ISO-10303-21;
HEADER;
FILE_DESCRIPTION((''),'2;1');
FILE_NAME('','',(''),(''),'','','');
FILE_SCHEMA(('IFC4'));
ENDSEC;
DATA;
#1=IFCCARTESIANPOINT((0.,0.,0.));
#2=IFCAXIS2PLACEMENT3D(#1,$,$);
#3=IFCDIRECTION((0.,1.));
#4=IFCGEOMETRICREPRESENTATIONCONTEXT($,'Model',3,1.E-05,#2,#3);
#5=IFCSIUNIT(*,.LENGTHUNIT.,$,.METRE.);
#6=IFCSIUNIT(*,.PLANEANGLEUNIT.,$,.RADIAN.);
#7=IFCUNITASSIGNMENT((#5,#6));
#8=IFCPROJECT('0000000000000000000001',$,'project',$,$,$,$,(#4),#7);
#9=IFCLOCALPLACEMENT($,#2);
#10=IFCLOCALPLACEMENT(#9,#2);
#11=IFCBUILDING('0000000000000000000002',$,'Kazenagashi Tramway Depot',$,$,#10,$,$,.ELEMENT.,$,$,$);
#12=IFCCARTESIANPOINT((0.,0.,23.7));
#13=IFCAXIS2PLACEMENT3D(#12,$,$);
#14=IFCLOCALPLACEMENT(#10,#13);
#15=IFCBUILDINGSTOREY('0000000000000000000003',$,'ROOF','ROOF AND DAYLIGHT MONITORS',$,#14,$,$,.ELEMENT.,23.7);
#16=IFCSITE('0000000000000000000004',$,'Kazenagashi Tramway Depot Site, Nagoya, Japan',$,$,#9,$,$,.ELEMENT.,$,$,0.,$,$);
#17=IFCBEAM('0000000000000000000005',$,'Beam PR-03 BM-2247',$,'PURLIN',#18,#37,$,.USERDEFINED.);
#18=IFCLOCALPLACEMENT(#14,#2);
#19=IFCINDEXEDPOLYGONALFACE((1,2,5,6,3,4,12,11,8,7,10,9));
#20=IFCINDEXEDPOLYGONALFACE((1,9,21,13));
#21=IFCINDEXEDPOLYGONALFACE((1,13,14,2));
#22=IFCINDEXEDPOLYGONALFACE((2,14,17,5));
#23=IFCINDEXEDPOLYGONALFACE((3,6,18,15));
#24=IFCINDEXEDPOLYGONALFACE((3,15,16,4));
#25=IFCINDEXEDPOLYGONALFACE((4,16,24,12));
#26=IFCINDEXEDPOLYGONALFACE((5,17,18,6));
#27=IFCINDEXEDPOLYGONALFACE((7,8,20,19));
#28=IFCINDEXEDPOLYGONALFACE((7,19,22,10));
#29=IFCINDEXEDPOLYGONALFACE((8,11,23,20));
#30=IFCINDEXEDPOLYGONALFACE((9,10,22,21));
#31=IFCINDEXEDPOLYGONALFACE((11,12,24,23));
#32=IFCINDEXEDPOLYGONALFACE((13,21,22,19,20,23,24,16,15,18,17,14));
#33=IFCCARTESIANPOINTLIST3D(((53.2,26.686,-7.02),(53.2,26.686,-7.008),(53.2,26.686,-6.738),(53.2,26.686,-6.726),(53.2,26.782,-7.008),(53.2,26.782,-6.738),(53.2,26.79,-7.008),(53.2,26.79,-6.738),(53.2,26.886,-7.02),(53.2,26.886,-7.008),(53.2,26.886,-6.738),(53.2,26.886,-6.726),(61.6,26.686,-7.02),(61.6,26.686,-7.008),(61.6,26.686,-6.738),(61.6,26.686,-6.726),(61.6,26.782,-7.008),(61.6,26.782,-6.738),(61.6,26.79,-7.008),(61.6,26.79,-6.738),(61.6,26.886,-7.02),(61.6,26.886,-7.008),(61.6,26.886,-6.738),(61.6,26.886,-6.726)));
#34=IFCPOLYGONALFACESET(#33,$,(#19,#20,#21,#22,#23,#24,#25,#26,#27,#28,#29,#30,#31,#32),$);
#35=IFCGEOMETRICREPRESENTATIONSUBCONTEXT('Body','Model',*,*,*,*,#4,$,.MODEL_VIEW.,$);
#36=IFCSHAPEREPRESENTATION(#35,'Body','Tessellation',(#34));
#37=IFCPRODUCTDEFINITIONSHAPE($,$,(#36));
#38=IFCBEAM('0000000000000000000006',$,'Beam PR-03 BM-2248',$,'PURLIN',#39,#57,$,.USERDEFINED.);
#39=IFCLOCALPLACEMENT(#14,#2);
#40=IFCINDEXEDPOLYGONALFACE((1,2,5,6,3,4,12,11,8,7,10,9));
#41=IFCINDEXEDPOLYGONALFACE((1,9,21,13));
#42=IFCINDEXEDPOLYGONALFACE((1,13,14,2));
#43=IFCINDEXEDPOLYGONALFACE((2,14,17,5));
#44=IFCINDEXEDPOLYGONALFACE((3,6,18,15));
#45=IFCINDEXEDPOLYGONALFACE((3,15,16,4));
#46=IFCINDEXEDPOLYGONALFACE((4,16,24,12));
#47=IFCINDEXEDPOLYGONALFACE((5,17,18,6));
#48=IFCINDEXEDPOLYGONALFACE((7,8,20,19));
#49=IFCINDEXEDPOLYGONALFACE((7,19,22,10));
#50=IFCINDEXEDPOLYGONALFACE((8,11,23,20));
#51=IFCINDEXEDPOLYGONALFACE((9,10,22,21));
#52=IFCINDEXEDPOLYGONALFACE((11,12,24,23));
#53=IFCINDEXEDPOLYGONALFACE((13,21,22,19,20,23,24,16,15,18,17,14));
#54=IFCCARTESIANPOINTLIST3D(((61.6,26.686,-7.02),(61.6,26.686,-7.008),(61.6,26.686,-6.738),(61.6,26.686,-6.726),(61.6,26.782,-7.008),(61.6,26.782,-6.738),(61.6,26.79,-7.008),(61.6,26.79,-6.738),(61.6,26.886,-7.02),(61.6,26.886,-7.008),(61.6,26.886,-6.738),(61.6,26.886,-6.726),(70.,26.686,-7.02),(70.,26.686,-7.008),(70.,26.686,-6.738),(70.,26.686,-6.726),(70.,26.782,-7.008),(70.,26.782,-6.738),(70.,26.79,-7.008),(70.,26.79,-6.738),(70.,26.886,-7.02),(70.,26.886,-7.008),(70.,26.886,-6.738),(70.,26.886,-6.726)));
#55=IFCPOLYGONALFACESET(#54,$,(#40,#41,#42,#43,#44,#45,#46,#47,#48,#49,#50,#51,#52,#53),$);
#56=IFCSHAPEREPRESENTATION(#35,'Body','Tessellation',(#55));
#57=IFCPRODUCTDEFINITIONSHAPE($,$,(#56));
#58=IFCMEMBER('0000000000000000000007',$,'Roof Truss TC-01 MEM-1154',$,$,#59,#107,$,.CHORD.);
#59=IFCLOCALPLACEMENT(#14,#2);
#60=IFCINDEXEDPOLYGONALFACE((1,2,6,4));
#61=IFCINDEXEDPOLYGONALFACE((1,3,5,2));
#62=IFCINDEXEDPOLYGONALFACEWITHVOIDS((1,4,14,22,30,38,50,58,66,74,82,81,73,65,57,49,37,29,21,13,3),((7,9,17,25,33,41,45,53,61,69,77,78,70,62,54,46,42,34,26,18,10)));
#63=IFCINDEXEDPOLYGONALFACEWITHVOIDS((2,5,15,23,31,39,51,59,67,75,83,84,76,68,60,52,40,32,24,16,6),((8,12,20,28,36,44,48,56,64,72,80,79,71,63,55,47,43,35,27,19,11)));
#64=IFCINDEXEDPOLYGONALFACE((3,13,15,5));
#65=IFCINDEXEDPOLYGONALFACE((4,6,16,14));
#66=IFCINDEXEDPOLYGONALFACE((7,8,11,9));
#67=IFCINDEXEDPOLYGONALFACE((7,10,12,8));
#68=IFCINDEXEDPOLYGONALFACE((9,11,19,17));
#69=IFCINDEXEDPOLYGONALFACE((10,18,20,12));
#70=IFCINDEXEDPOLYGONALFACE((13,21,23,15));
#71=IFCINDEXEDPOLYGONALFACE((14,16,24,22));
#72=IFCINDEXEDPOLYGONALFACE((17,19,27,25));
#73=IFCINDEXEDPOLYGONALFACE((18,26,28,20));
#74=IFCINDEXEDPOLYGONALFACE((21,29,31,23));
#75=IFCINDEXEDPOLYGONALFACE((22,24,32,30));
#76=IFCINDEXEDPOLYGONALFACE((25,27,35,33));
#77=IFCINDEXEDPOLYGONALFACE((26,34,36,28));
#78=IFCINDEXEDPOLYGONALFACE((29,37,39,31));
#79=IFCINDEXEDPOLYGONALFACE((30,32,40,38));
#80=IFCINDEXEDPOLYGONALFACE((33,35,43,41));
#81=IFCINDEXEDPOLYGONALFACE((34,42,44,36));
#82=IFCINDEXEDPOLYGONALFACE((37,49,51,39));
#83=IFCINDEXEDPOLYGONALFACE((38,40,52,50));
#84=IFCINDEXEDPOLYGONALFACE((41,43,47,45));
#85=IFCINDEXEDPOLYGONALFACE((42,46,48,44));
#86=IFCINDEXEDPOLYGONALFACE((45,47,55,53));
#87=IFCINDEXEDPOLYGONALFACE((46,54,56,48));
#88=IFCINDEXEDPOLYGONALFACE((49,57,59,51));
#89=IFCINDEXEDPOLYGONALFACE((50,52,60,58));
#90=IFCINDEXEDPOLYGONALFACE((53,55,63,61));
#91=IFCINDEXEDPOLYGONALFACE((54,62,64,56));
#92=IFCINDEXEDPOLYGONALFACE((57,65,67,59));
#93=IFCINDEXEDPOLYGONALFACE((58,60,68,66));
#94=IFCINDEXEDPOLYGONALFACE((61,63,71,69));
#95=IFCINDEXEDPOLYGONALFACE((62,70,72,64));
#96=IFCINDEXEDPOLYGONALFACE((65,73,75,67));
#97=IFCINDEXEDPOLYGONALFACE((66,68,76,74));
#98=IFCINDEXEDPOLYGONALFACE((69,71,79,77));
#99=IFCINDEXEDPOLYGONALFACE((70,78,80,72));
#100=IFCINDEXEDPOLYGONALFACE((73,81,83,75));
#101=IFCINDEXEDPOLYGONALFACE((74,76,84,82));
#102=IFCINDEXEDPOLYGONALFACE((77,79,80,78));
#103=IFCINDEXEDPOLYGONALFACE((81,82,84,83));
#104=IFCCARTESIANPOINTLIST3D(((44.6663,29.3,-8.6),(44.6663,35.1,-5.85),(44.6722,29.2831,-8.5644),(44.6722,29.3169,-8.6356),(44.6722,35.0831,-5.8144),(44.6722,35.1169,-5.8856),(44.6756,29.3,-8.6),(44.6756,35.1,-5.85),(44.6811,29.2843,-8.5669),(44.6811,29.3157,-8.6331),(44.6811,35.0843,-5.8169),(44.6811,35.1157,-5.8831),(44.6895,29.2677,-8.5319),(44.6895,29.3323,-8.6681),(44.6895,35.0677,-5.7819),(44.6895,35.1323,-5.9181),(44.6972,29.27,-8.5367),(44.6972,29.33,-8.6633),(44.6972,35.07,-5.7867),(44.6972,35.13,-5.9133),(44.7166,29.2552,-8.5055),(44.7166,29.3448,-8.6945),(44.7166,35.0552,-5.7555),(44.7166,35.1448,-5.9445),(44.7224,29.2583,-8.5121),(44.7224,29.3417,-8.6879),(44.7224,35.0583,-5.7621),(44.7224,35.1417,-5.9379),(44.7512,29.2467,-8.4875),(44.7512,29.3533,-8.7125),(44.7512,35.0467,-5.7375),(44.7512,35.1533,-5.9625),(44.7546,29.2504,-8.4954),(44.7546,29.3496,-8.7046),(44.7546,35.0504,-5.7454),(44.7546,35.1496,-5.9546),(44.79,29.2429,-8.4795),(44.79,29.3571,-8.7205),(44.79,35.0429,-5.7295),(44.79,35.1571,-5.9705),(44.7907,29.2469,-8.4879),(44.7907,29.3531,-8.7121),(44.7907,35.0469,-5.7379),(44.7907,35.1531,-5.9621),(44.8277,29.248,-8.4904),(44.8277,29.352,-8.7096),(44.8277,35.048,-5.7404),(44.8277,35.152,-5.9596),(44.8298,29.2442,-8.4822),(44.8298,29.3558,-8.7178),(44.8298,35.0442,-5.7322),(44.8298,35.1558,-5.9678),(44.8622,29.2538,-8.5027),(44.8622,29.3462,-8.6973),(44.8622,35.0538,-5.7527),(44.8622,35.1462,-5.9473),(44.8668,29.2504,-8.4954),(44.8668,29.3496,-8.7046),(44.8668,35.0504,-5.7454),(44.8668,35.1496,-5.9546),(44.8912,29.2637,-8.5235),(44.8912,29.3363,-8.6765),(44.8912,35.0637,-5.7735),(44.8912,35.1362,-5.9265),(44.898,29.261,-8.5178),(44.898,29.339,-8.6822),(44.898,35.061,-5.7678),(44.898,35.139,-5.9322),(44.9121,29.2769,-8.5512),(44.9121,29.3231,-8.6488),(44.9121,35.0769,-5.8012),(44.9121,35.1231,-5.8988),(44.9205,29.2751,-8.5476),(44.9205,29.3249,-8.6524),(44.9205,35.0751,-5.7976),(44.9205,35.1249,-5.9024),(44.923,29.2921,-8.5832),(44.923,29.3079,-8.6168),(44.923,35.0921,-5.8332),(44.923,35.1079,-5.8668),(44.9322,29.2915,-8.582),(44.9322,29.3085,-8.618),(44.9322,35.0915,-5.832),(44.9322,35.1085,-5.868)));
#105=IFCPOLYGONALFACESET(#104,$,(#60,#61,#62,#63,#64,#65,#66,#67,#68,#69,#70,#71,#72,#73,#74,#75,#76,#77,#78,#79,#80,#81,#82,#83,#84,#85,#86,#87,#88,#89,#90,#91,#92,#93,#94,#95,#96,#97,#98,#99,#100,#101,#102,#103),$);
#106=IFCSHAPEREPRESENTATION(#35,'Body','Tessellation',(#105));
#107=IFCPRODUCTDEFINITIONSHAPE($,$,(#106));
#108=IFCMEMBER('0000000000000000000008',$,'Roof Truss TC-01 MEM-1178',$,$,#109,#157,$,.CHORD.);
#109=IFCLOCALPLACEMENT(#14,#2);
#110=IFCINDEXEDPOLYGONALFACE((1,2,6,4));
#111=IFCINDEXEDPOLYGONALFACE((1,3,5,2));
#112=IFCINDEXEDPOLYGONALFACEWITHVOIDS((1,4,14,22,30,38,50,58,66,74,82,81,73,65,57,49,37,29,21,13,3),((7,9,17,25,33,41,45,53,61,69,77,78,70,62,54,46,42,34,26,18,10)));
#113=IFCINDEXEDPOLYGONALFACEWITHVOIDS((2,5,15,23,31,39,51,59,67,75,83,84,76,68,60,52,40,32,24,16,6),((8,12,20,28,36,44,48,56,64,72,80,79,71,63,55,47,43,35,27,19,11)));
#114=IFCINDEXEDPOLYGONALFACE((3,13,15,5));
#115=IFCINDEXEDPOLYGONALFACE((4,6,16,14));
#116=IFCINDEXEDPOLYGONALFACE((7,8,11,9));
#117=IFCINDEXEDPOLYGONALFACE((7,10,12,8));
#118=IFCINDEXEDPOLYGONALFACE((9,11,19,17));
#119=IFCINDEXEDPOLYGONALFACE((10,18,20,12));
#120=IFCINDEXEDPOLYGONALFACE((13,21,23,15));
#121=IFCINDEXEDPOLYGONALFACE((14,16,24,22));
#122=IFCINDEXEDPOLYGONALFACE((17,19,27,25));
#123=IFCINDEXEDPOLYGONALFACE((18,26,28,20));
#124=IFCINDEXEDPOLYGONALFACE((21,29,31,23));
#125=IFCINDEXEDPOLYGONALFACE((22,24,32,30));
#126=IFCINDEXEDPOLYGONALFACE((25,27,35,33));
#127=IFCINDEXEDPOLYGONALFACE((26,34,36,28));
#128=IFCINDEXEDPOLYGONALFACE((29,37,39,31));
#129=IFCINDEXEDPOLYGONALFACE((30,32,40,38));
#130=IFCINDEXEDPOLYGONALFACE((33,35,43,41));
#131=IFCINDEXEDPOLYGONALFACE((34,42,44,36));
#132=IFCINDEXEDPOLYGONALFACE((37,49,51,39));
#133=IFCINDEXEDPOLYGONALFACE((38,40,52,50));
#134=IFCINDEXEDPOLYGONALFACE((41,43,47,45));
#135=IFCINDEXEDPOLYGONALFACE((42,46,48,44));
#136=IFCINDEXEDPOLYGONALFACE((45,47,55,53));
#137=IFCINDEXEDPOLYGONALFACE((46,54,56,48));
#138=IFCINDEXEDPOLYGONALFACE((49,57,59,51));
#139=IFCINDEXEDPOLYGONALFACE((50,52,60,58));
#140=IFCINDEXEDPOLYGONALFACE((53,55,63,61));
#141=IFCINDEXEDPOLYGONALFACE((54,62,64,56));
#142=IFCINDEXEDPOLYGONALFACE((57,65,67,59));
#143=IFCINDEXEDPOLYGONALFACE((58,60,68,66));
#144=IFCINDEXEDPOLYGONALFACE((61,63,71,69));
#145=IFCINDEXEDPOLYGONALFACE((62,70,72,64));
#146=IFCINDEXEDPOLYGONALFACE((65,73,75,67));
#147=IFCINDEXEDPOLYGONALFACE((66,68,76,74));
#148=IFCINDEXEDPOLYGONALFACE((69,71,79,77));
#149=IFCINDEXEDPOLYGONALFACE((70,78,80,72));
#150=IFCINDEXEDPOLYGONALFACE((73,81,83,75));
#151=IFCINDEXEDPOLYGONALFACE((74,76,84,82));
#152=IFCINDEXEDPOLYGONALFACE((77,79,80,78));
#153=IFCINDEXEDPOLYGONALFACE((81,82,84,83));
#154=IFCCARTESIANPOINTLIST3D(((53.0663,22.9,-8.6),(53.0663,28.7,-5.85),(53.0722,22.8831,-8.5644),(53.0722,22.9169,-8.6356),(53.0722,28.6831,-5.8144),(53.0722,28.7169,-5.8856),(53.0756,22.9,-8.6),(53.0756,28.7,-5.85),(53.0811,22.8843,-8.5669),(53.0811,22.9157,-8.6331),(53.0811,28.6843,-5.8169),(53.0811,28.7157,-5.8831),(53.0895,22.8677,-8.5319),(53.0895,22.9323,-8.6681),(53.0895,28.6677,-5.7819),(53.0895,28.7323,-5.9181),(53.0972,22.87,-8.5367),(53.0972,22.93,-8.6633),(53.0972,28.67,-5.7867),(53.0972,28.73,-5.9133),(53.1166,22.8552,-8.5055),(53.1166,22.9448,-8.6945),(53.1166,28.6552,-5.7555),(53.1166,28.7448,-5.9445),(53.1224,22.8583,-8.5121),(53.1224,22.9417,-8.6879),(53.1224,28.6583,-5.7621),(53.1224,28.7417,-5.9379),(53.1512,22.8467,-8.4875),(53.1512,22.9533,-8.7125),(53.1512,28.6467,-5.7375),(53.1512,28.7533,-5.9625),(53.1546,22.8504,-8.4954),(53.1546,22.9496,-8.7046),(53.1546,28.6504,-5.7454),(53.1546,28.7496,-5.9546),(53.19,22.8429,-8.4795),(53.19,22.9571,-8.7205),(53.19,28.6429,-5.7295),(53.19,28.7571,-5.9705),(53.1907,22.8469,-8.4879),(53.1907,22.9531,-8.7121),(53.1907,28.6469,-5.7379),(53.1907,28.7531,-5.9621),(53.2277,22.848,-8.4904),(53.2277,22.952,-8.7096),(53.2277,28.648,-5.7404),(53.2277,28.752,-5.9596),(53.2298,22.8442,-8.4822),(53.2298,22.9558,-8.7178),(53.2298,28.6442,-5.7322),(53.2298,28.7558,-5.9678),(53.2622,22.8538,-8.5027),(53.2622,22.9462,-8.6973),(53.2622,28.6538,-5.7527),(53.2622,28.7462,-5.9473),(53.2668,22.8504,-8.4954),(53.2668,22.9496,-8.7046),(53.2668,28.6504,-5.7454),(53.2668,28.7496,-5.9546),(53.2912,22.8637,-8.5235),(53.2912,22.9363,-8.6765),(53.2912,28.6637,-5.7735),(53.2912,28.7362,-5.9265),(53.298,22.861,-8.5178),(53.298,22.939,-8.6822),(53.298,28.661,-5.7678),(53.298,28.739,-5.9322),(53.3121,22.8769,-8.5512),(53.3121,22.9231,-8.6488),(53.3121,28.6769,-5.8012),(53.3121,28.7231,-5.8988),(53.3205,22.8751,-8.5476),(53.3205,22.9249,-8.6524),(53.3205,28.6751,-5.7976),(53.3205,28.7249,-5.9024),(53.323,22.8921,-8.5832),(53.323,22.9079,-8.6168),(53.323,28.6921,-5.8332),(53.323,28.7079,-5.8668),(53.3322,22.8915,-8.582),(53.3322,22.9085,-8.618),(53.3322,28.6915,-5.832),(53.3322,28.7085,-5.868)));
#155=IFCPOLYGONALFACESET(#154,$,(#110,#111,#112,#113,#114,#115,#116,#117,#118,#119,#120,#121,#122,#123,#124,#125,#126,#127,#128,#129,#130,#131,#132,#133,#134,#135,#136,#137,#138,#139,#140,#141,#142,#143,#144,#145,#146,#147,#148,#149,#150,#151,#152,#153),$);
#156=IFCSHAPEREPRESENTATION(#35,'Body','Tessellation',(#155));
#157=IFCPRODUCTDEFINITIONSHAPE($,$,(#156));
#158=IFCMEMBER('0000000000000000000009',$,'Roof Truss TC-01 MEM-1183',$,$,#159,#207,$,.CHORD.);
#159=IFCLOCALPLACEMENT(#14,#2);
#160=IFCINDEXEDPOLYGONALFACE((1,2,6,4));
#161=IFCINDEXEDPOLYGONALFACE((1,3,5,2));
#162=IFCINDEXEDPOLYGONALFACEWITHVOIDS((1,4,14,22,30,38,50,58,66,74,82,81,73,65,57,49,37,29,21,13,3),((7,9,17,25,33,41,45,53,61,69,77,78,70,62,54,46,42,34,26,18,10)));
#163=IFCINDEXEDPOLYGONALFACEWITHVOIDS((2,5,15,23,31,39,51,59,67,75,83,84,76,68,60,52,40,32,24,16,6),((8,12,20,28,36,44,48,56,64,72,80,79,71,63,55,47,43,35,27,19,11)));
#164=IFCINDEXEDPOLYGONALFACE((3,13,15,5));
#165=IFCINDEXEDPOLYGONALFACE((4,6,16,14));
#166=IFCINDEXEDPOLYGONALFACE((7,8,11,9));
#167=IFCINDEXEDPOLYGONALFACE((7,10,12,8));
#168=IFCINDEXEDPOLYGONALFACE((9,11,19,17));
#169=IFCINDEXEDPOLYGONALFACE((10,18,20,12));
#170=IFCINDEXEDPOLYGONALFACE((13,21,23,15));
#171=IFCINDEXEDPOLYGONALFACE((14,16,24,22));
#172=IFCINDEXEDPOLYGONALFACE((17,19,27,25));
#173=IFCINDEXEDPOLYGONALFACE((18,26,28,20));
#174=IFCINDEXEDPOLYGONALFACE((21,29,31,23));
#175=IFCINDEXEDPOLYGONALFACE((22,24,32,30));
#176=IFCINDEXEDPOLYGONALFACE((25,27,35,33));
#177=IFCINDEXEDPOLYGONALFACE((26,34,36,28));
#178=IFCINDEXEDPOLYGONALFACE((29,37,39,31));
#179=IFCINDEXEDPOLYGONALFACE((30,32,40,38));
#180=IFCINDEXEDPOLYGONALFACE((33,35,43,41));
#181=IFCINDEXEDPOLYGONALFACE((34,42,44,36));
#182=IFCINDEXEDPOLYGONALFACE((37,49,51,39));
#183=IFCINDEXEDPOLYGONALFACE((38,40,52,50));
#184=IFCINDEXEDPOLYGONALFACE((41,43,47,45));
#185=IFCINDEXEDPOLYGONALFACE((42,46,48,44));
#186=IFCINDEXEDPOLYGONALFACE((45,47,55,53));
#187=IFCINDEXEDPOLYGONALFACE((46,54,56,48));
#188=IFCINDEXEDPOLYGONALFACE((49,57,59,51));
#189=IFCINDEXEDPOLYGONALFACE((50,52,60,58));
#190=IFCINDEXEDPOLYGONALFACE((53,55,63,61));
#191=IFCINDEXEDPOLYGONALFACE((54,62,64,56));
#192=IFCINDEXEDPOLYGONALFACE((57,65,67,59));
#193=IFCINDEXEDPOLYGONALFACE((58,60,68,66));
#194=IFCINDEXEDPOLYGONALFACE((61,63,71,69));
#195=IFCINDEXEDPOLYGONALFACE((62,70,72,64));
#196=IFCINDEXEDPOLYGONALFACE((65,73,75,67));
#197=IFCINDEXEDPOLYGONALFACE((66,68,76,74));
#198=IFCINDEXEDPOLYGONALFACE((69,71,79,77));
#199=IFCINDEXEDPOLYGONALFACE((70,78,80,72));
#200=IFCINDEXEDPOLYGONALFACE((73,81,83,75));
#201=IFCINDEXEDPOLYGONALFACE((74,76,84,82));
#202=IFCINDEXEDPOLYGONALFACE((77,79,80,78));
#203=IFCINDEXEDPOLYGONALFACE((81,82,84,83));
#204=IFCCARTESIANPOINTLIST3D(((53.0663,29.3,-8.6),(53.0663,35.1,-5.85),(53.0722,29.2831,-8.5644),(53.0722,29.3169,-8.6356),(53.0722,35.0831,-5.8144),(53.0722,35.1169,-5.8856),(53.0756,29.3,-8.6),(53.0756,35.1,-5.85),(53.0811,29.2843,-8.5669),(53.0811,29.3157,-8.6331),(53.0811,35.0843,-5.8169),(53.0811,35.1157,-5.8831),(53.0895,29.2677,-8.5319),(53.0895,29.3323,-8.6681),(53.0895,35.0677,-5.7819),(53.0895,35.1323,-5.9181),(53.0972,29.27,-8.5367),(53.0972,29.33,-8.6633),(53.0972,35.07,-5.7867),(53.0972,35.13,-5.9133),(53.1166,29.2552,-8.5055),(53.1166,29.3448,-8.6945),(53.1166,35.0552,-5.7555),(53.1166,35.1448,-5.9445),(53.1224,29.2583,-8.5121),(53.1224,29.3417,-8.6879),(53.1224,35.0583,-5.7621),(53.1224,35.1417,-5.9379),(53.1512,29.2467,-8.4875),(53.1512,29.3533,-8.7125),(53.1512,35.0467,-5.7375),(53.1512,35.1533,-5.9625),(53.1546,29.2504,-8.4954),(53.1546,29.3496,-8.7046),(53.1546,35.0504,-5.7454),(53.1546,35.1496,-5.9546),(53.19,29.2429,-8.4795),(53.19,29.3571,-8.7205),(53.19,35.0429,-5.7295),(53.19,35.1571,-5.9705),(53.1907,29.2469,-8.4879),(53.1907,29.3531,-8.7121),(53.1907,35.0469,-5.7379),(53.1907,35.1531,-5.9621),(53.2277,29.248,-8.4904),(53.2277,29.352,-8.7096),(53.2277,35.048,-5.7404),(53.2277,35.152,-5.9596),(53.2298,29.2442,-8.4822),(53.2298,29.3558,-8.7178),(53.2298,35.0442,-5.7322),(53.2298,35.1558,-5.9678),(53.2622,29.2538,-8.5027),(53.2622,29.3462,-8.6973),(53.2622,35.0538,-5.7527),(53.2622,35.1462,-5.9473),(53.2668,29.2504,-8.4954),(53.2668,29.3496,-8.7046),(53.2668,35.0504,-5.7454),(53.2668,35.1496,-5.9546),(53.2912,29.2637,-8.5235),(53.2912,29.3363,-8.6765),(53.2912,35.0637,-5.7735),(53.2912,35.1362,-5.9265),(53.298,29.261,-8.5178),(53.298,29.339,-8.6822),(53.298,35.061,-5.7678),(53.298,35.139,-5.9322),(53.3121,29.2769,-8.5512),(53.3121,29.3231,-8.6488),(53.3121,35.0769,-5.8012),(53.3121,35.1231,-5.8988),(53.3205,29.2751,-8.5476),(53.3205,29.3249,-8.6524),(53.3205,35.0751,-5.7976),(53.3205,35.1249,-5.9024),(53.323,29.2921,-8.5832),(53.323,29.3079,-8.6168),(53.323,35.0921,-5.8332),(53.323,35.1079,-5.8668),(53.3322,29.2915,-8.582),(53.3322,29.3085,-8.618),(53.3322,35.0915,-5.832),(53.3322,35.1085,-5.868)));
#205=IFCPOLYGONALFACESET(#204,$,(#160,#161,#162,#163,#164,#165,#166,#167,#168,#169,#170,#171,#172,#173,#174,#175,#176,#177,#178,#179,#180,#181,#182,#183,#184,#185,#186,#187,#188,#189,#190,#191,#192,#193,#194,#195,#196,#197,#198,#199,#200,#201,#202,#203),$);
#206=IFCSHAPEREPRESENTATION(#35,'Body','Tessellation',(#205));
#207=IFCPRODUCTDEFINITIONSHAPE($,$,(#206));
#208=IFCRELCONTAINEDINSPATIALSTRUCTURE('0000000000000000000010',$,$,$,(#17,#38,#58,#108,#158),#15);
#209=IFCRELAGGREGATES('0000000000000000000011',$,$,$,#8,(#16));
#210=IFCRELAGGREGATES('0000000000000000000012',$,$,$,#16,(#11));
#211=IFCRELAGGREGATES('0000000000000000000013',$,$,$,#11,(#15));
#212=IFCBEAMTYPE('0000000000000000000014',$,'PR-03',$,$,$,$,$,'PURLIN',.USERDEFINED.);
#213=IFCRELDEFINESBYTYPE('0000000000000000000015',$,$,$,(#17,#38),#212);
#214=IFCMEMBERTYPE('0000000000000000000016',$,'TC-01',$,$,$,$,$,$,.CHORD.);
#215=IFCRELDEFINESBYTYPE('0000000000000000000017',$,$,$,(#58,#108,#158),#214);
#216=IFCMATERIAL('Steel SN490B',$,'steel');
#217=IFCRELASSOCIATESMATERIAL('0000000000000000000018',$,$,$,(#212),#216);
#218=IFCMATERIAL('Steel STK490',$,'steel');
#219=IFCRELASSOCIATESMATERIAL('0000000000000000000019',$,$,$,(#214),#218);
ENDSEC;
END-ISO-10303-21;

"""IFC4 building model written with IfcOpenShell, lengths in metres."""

from ifc_helpers import new_model, si_unit, direction, frame, origin, origin_2d, place, context, subcontext, project, spatial, hollow_circle, i_section, extrude, material, material_profile, profile_set, type_object, element, save


model = new_model("IFC4")

# Units and contexts
model_context = context("Model", 3, precision=1e-05, world=origin(), true_north=direction((0.0, 1.0)))
body_context = subcontext(model_context, "Body", "Model", "MODEL_VIEW")
ifc_project = project(units=[si_unit("LENGTHUNIT", "METRE"), si_unit("PLANEANGLEUNIT", "RADIAN")], contexts=[model_context])

# Site, building, storey
site_placement = place(None, origin())
site = spatial("IfcSite", under=ifc_project, at=site_placement, Name="Kazenagashi Tramway Depot Site, Nagoya, Japan", CompositionType="ELEMENT", RefElevation=0.0)
building_placement = place(site_placement, origin())
building = spatial("IfcBuilding", under=site, at=building_placement, Name="Kazenagashi Tramway Depot", CompositionType="ELEMENT")
storey_placement = place(building_placement, frame((0.0, 0.0, 23.7)))
storey = spatial("IfcBuildingStorey", under=building, at=storey_placement, Name="ROOF", Description="ROOF AND DAYLIGHT MONITORS", CompositionType="ELEMENT", Elevation=23.7)

# Beams
ifc_material_1 = material(Name="Steel SN490B", Category="steel")
ifc_material_profile_1 = material_profile(ifc_material_1, i_section(OverallWidth=0.2, OverallDepth=0.294, WebThickness=0.008, FlangeThickness=0.012, at=origin_2d()), Name="H-294x200x8x12")
ifc_profile_set_1 = profile_set([ifc_material_profile_1], Name="Steel SN490B")
beam_type_1 = type_object("IfcBeamType", Name="PR-03", ElementType="PURLIN", PredefinedType="USERDEFINED", material=ifc_profile_set_1)
for number, where, z_axis, x_axis, name in (
    (1, (53.2, 26.786, -6.873), (1.0, 0.0, 0.0), (0.0, 1.0, 0.0), "Beam PR-03 BM-2247"),
    (2, (61.6, 26.786, -6.873), (1.0, 0.0, 0.0), (0.0, 1.0, 0.0), "Beam PR-03 BM-2248"),
):
    element("IfcBeam", number, at=place(storey_placement, frame(where, z_axis=z_axis, x_axis=x_axis)), inside=storey, type_object=beam_type_1, Name=name, ObjectType="PURLIN", PredefinedType="USERDEFINED", context=body_context, shape_type="SweptSolid", body=[
        extrude(i_section(OverallWidth=0.2, OverallDepth=0.294, WebThickness=0.008, FlangeThickness=0.012, at=origin_2d()), origin(), (0.0, 0.0, 1.0), 8.4),
    ])

# Members
ifc_material_2 = material(Name="Steel STK490", Category="steel")
ifc_material_profile_2 = material_profile(ifc_material_2, hollow_circle(Radius=0.1337, WallThickness=0.0093, at=origin_2d()), Name="CHS-267.4x9.3")
ifc_profile_set_2 = profile_set([ifc_material_profile_2], Name="Steel STK490")
member_type_1 = type_object("IfcMemberType", Name="TC-01", PredefinedType="CHORD", material=ifc_profile_set_2)
for number, where, z_axis, x_axis, name in (
    (3, (44.8, 29.3, -8.6), (0.0, 0.903579, 0.428421), (-1.0, 0.0, 0.0), "Roof Truss TC-01 MEM-1154"),
    (4, (53.2, 22.9, -8.6), (0.0, 0.903579, 0.428421), (-1.0, 0.0, 0.0), "Roof Truss TC-01 MEM-1178"),
    (5, (53.2, 29.3, -8.6), (0.0, 0.903579, 0.428421), (-1.0, 0.0, 0.0), "Roof Truss TC-01 MEM-1183"),
):
    element("IfcMember", number, at=place(storey_placement, frame(where, z_axis=z_axis, x_axis=x_axis)), inside=storey, type_object=member_type_1, Name=name, PredefinedType="CHORD", context=body_context, shape_type="SweptSolid", body=[
        extrude(hollow_circle(Radius=0.1337, WallThickness=0.0093, at=origin_2d()), origin(), (0.0, 0.0, 1.0), 6.4189),
    ])

save(model, "model.ifc")
